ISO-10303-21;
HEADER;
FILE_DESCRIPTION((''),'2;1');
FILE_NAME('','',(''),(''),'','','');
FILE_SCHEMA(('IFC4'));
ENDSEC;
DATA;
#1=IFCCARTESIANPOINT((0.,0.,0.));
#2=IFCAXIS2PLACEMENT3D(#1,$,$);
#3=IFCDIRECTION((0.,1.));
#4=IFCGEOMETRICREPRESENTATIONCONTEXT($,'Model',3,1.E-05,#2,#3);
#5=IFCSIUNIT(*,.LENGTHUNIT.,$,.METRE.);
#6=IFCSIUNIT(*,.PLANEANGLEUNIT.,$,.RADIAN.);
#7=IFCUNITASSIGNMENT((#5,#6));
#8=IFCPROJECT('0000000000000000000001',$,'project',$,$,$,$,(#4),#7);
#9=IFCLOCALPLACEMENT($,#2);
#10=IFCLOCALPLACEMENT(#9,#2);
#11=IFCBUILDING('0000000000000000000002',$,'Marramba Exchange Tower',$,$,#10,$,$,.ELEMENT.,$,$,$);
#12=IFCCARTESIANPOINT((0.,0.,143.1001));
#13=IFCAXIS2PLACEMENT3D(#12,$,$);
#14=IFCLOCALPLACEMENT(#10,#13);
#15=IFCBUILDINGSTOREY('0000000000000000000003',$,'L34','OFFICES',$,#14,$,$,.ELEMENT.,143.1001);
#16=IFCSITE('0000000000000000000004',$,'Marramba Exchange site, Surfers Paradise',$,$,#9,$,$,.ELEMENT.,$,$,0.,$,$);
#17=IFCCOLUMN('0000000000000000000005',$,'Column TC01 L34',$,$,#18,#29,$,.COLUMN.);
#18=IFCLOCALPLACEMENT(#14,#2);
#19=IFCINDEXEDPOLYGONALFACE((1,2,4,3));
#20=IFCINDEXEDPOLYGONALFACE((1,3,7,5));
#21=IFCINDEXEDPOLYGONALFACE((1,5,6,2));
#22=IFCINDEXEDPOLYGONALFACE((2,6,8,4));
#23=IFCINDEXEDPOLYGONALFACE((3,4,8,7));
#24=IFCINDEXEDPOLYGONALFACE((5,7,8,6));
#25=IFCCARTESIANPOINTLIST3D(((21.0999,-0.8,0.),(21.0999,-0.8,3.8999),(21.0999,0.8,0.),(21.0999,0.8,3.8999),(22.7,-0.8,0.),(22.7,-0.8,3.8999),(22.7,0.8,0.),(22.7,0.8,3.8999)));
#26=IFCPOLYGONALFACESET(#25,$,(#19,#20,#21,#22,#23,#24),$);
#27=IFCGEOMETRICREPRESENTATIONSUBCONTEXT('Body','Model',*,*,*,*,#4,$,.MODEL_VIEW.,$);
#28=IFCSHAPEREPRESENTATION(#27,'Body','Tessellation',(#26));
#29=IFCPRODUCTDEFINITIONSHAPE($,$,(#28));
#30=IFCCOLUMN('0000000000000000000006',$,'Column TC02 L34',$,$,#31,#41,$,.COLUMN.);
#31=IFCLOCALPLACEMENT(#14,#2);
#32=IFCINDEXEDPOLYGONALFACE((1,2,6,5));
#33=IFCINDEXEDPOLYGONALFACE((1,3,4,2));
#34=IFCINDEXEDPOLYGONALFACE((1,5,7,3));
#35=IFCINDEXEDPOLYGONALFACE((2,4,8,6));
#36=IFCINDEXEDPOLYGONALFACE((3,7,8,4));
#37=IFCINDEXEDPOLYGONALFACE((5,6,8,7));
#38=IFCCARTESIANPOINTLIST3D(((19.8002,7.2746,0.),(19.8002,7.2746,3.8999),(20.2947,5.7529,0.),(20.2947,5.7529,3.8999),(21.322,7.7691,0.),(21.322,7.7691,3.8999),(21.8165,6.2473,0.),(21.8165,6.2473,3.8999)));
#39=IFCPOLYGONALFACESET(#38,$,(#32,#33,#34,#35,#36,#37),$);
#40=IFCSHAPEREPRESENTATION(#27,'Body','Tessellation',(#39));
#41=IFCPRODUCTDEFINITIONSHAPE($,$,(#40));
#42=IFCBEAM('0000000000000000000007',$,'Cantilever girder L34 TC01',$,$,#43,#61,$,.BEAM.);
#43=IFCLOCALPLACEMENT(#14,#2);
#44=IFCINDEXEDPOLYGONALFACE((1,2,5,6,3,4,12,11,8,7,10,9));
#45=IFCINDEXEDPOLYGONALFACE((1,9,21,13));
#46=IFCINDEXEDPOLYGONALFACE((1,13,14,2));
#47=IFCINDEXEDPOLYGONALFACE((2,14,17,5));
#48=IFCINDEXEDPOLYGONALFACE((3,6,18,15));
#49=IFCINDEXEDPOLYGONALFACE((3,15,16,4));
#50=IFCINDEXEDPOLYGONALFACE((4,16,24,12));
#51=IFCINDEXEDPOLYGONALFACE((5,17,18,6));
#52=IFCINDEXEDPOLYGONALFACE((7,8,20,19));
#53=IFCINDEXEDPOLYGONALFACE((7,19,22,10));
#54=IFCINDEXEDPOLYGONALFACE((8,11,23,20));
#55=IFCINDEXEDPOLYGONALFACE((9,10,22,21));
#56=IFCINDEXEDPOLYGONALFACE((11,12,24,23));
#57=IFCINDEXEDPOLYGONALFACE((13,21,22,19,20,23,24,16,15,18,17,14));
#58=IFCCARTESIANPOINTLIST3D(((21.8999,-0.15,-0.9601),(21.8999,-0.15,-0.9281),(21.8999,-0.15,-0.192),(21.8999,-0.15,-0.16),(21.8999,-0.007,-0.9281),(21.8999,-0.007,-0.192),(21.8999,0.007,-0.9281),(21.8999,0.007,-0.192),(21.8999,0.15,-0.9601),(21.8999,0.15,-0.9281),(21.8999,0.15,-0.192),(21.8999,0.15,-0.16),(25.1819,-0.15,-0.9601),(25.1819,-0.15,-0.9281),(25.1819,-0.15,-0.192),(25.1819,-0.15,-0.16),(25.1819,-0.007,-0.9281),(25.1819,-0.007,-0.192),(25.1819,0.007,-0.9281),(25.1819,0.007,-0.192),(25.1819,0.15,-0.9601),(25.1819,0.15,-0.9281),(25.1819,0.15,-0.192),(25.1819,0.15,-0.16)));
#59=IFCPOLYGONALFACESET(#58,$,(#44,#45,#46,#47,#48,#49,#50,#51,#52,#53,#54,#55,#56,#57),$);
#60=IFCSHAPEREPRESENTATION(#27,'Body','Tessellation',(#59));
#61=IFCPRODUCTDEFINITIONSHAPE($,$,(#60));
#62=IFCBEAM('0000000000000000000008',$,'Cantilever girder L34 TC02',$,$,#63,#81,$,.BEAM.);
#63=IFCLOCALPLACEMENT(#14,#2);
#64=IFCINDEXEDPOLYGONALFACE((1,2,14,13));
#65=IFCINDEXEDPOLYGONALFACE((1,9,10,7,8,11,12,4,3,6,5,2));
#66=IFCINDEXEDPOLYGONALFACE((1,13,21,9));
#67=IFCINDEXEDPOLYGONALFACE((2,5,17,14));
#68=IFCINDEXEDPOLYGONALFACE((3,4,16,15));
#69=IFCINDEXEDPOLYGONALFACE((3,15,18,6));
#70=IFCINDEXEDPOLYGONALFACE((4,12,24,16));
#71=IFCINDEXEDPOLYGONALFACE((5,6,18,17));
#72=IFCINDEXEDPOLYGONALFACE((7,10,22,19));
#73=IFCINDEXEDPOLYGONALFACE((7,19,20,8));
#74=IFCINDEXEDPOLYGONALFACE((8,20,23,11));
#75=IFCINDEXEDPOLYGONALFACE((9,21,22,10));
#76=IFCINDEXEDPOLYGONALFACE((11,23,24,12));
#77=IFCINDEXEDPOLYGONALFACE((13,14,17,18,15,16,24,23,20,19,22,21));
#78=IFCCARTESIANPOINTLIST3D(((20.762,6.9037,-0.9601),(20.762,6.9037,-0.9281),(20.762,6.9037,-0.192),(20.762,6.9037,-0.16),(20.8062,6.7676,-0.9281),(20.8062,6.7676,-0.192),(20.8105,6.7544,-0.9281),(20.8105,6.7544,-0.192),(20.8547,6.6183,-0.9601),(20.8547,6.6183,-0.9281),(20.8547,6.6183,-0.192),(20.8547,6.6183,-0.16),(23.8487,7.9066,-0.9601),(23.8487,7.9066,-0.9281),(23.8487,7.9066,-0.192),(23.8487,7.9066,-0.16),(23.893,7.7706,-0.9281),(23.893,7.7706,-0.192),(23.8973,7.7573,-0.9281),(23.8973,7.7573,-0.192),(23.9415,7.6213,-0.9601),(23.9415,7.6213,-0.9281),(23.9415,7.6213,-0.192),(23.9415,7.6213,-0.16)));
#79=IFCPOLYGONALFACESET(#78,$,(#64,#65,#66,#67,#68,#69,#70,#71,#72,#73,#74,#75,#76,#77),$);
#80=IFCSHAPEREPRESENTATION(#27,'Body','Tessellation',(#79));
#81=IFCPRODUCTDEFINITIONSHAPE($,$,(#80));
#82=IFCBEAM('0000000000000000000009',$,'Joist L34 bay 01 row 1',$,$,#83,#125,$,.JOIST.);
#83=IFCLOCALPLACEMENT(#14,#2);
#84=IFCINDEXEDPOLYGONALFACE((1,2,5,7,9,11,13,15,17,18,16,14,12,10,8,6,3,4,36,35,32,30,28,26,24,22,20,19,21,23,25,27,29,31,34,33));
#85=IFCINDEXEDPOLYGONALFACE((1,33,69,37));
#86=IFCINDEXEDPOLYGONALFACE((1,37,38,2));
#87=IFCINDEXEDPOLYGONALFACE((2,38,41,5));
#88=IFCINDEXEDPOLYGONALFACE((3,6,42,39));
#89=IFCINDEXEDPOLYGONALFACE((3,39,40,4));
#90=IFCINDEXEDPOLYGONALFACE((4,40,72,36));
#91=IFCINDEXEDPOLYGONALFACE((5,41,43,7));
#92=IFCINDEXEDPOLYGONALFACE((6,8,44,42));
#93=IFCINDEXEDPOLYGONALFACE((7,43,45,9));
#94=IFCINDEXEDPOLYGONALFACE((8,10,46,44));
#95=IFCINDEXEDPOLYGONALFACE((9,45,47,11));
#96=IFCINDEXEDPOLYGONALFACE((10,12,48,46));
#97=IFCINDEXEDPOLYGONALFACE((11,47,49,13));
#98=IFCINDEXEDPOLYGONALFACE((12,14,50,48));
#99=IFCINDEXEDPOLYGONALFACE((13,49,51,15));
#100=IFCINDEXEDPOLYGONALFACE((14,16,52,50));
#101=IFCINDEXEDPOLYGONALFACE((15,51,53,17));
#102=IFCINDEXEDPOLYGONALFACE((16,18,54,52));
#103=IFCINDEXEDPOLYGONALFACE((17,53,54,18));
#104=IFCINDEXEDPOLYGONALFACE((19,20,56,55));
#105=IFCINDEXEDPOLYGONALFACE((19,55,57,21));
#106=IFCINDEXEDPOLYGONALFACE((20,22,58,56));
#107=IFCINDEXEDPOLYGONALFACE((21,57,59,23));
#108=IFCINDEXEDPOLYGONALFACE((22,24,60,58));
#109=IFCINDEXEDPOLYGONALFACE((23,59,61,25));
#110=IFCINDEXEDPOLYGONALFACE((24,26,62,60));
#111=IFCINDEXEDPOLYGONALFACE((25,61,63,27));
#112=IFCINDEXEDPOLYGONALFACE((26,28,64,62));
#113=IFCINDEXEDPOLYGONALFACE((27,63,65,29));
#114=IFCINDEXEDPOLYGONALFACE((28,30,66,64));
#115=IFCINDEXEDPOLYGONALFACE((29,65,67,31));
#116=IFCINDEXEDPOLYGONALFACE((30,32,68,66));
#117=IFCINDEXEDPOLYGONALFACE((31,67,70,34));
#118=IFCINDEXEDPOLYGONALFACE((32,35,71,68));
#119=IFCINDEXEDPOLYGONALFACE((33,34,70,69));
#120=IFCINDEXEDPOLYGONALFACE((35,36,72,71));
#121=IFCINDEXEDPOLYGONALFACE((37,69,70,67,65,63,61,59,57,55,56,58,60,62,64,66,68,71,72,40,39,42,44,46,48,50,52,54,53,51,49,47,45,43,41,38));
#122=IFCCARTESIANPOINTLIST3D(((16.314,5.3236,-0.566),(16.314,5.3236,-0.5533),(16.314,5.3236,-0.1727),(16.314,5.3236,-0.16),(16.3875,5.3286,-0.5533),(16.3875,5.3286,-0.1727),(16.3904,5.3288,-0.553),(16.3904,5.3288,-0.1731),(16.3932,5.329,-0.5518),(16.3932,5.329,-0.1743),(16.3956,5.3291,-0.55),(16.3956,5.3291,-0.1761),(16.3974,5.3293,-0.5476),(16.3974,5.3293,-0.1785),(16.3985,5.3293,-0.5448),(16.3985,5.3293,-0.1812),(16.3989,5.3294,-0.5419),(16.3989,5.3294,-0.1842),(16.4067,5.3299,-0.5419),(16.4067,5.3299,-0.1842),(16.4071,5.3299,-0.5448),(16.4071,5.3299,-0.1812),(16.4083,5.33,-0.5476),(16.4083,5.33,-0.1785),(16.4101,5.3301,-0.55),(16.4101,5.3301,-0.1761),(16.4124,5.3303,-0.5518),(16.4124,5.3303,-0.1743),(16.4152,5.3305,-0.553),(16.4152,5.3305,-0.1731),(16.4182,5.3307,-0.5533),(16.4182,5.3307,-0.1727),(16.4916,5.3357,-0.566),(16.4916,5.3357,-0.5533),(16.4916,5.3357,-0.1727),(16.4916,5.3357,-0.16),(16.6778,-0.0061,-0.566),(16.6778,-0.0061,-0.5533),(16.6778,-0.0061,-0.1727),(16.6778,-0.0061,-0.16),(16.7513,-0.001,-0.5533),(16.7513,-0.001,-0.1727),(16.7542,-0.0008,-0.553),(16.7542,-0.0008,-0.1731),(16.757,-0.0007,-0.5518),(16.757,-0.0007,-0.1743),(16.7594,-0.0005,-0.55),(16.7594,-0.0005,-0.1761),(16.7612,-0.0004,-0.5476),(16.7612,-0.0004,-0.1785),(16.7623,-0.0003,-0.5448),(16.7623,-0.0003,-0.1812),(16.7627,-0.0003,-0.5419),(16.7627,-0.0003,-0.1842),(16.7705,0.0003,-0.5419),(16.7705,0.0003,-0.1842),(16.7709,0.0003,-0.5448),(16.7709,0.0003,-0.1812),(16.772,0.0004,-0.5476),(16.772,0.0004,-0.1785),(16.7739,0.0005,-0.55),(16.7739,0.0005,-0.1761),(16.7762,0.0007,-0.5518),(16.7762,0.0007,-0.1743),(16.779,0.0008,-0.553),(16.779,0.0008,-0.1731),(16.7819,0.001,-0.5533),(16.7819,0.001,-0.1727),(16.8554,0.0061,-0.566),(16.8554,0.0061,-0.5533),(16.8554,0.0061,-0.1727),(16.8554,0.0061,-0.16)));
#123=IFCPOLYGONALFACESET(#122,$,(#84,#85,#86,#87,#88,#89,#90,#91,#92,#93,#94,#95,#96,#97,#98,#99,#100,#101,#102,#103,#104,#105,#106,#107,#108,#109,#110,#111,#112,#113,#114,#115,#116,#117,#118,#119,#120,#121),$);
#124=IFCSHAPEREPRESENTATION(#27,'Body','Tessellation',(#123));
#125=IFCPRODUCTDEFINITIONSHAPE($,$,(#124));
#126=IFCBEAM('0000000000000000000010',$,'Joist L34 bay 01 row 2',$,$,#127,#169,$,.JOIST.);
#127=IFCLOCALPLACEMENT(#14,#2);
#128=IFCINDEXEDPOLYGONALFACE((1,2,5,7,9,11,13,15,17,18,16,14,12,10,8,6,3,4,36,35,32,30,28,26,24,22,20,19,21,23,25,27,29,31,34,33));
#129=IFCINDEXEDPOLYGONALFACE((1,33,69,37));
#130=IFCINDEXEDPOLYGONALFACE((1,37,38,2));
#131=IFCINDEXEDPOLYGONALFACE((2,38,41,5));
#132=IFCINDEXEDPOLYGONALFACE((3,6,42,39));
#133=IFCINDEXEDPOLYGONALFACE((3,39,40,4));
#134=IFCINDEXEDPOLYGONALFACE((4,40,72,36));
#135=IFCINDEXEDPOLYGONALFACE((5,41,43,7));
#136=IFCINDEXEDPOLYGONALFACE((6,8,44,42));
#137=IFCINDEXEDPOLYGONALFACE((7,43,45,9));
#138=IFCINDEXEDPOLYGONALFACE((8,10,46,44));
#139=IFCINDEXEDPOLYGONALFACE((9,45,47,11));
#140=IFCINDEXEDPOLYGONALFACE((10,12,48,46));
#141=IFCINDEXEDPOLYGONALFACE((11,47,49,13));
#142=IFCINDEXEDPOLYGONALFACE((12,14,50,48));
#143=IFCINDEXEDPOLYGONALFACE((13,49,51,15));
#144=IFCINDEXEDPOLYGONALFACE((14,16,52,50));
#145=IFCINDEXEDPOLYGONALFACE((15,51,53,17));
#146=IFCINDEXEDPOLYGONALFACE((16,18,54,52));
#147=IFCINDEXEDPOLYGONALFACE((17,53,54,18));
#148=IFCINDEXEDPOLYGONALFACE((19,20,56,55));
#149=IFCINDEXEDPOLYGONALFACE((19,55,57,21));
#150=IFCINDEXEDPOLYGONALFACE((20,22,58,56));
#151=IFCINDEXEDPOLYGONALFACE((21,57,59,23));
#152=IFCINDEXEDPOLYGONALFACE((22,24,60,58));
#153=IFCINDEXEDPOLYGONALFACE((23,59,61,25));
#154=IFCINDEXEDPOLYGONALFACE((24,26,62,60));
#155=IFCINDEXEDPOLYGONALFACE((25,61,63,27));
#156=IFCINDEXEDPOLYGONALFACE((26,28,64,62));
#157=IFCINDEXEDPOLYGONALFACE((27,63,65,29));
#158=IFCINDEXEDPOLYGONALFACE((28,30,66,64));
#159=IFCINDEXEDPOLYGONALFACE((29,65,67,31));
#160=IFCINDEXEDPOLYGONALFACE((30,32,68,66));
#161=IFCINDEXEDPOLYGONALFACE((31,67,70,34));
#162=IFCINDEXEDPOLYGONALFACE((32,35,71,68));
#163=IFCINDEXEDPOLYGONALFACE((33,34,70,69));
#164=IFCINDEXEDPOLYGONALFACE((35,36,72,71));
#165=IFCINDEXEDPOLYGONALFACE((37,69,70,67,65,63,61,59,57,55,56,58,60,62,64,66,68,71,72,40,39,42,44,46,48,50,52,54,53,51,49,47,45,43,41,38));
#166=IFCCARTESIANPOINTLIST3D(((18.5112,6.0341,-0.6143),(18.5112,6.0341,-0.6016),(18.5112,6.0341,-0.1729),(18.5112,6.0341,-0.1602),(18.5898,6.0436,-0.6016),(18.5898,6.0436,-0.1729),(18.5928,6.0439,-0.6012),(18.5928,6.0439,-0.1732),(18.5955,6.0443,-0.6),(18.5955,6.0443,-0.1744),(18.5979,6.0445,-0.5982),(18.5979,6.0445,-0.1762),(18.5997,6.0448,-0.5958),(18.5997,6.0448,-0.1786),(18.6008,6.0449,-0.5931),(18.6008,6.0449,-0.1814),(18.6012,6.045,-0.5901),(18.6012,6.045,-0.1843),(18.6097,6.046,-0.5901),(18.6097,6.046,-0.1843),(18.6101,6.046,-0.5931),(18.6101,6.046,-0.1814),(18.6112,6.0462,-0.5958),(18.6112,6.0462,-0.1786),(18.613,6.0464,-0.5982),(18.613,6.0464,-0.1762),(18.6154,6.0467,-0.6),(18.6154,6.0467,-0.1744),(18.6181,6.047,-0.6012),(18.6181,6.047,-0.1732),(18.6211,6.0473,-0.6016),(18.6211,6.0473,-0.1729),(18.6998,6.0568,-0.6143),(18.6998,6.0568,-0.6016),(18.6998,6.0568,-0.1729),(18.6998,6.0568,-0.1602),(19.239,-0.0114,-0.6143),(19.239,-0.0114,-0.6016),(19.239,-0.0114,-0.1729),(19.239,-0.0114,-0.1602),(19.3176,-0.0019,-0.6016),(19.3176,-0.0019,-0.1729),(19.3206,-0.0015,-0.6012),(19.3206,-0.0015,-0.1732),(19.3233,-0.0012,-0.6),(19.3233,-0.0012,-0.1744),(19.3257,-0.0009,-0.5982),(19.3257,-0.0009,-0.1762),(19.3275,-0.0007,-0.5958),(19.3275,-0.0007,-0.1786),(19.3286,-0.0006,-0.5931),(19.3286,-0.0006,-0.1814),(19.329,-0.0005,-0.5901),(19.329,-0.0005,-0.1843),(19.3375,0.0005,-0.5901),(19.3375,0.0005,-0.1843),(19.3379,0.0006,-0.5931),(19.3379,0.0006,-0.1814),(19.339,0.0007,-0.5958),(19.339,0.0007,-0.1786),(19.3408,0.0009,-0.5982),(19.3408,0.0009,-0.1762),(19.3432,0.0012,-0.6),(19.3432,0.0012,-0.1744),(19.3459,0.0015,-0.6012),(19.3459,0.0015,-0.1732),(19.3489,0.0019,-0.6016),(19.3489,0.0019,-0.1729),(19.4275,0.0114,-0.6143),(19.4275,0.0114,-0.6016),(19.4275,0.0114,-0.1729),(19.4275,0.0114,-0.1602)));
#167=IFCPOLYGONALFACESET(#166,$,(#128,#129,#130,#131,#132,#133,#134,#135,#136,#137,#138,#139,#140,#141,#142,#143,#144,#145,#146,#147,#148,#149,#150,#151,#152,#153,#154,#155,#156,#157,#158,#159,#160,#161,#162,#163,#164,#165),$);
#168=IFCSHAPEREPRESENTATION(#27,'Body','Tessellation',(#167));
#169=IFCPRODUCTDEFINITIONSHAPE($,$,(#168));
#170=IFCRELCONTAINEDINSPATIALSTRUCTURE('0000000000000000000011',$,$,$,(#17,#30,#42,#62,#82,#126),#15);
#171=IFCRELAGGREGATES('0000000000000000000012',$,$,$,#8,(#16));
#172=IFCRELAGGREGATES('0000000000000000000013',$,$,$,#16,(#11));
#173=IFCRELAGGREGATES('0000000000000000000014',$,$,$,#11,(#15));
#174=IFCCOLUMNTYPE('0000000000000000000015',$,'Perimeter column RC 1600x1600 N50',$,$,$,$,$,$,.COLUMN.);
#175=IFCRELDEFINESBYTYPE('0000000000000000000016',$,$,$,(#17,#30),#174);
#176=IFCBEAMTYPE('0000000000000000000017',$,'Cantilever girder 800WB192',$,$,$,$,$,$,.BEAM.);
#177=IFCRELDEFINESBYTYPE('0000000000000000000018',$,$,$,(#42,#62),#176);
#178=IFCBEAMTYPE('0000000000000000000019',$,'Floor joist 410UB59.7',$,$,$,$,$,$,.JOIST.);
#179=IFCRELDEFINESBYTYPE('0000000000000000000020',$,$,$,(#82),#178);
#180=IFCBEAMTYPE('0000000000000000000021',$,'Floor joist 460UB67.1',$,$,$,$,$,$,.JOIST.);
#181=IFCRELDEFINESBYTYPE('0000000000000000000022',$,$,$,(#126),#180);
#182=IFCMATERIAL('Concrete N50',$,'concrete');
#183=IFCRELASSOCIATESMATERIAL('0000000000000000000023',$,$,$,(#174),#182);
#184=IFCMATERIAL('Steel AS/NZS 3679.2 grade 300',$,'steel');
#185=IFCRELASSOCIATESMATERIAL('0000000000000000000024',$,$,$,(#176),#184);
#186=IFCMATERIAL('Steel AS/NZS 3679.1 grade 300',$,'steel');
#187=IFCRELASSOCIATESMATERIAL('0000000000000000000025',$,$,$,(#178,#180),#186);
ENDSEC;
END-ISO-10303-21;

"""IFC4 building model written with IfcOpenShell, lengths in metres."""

from ifc_helpers import new_model, si_unit, direction, frame, origin, origin_2d, place, context, subcontext, project, spatial, rectangle, i_section, extrude, material, material_profile, profile_set, type_object, element, save


model = new_model("IFC4")

# Units and contexts
model_context = context("Model", 3, precision=1e-05, world=origin(), true_north=direction((0.0, 1.0)))
body_context = subcontext(model_context, "Body", "Model", "MODEL_VIEW")
ifc_project = project(units=[si_unit("LENGTHUNIT", "METRE"), si_unit("PLANEANGLEUNIT", "RADIAN")], contexts=[model_context])

# Site, building, storey
site_placement = place(None, origin())
site = spatial("IfcSite", under=ifc_project, at=site_placement, Name="Marramba Exchange site, Surfers Paradise", CompositionType="ELEMENT", RefElevation=0.0)
building_placement = place(site_placement, origin())
building = spatial("IfcBuilding", under=site, at=building_placement, Name="Marramba Exchange Tower", CompositionType="ELEMENT")
storey_placement = place(building_placement, frame((0.0, 0.0, 143.1001)))
storey = spatial("IfcBuildingStorey", under=building, at=storey_placement, Name="L34", Description="OFFICES", CompositionType="ELEMENT", Elevation=143.1001)

# Columns
ifc_material_1 = material(Name="Concrete N50", Category="concrete")
ifc_material_profile_1 = material_profile(ifc_material_1, rectangle(XDim=1.6001, YDim=1.6001, at=origin_2d()), Name="RC 1600x1600")
ifc_profile_set_1 = profile_set([ifc_material_profile_1], Name="Concrete N50")
column_type = type_object("IfcColumnType", Name="Perimeter column RC 1600x1600 N50", PredefinedType="COLUMN", material=ifc_profile_set_1)
for number, where, z_axis, x_axis, name in (
    (1, (21.8999, 0.0, 0.0), (0.0, 0.0, 1.0), (1.0, 0.0, 0.0), "Column TC01 L34"),
    (2, (20.8083, 6.761, 0.0), (0.0, 0.0, 1.0), (0.951057, 0.309017, 0.0), "Column TC02 L34"),
):
    element("IfcColumn", number, at=place(storey_placement, frame(where, z_axis=z_axis, x_axis=x_axis)), inside=storey, type_object=column_type, Name=name, PredefinedType="COLUMN", context=body_context, shape_type="SweptSolid", body=[
        extrude(rectangle(XDim=1.6001, YDim=1.6001, at=origin_2d()), origin(), (0.0, 0.0, 1.0), 3.8999),
    ])

# Beams
ifc_material_2 = material(Name="Steel AS/NZS 3679.2 grade 300", Category="steel")
ifc_material_profile_2 = material_profile(ifc_material_2, i_section(OverallWidth=0.3, OverallDepth=0.8, WebThickness=0.0139, FlangeThickness=0.032, at=origin_2d()), Name="800WB192")
ifc_profile_set_2 = profile_set([ifc_material_profile_2], Name="Steel AS/NZS 3679.2 grade 300")
beam_type_1 = type_object("IfcBeamType", Name="Cantilever girder 800WB192", PredefinedType="BEAM", material=ifc_profile_set_2)
beam_1_placement = place(storey_placement, frame((21.8999, 0.0, -0.5601), z_axis=(1.0, 0.0, 0.0), x_axis=(0.0, 1.0, 0.0)))
element("IfcBeam", 3, at=beam_1_placement, inside=storey, type_object=beam_type_1, Name="Cantilever girder L34 TC01", PredefinedType="BEAM", context=body_context, shape_type="SweptSolid", body=[
    extrude(i_section(OverallWidth=0.3, OverallDepth=0.8, WebThickness=0.0139, FlangeThickness=0.032, at=origin_2d()), origin(), (0.0, 0.0, 1.0), 3.282),
])
beam_2_placement = place(storey_placement, frame((20.8083, 6.761, -0.5601), z_axis=(0.951056, 0.30902, 0.0), x_axis=(-0.30902, 0.951056, 0.0)))
element("IfcBeam", 4, at=beam_2_placement, inside=storey, type_object=beam_type_1, Name="Cantilever girder L34 TC02", PredefinedType="BEAM", context=body_context, shape_type="SweptSolid", body=[
    extrude(i_section(OverallWidth=0.3, OverallDepth=0.8, WebThickness=0.0139, FlangeThickness=0.032, at=origin_2d()), origin(), (0.0, 0.0, 1.0), 3.2456),
])
ifc_material_3 = material(Name="Steel AS/NZS 3679.1 grade 300", Category="steel")
ifc_material_profile_3 = material_profile(ifc_material_3, i_section(OverallWidth=0.178, OverallDepth=0.406, WebThickness=0.0078, FlangeThickness=0.0127, FilletRadius=0.0115, at=origin_2d()), Name="410UB59.7")
ifc_profile_set_3 = profile_set([ifc_material_profile_3], Name="Steel AS/NZS 3679.1 grade 300")
beam_type_2 = type_object("IfcBeamType", Name="Floor joist 410UB59.7", PredefinedType="JOIST", material=ifc_profile_set_3)
beam_3_placement = place(storey_placement, frame((16.7666, 0.0, -0.363), z_axis=(-0.068096, 0.997679, 0.0), x_axis=(-0.997679, -0.068096, 0.0)))
element("IfcBeam", 5, at=beam_3_placement, inside=storey, type_object=beam_type_2, Name="Joist L34 bay 01 row 1", PredefinedType="JOIST", context=body_context, shape_type="SweptSolid", body=[
    extrude(i_section(OverallWidth=0.178, OverallDepth=0.406, WebThickness=0.0078, FlangeThickness=0.0127, FilletRadius=0.0115, at=origin_2d()), origin(), (0.0, 0.0, 1.0), 5.342),
])
ifc_material_profile_4 = material_profile(ifc_material_3, i_section(OverallWidth=0.1899, OverallDepth=0.4541, WebThickness=0.0085, FlangeThickness=0.0127, FilletRadius=0.0115, at=origin_2d()), Name="460UB67.1")
ifc_profile_set_4 = profile_set([ifc_material_profile_4], Name="Steel AS/NZS 3679.1 grade 300")
beam_type_3 = type_object("IfcBeamType", Name="Floor joist 460UB67.1", PredefinedType="JOIST", material=ifc_profile_set_4)
beam_4_placement = place(storey_placement, frame((19.3333, 0.0, -0.3872), z_axis=(-0.119523, 0.992831, 0.0), x_axis=(-0.992831, -0.119523, 0.0)))
element("IfcBeam", 6, at=beam_4_placement, inside=storey, type_object=beam_type_3, Name="Joist L34 bay 01 row 2", PredefinedType="JOIST", context=body_context, shape_type="SweptSolid", body=[
    extrude(i_section(OverallWidth=0.1899, OverallDepth=0.4541, WebThickness=0.0085, FlangeThickness=0.0127, FilletRadius=0.0115, at=origin_2d()), origin(), (0.0, 0.0, 1.0), 6.0891),
])

save(model, "model.ifc")
